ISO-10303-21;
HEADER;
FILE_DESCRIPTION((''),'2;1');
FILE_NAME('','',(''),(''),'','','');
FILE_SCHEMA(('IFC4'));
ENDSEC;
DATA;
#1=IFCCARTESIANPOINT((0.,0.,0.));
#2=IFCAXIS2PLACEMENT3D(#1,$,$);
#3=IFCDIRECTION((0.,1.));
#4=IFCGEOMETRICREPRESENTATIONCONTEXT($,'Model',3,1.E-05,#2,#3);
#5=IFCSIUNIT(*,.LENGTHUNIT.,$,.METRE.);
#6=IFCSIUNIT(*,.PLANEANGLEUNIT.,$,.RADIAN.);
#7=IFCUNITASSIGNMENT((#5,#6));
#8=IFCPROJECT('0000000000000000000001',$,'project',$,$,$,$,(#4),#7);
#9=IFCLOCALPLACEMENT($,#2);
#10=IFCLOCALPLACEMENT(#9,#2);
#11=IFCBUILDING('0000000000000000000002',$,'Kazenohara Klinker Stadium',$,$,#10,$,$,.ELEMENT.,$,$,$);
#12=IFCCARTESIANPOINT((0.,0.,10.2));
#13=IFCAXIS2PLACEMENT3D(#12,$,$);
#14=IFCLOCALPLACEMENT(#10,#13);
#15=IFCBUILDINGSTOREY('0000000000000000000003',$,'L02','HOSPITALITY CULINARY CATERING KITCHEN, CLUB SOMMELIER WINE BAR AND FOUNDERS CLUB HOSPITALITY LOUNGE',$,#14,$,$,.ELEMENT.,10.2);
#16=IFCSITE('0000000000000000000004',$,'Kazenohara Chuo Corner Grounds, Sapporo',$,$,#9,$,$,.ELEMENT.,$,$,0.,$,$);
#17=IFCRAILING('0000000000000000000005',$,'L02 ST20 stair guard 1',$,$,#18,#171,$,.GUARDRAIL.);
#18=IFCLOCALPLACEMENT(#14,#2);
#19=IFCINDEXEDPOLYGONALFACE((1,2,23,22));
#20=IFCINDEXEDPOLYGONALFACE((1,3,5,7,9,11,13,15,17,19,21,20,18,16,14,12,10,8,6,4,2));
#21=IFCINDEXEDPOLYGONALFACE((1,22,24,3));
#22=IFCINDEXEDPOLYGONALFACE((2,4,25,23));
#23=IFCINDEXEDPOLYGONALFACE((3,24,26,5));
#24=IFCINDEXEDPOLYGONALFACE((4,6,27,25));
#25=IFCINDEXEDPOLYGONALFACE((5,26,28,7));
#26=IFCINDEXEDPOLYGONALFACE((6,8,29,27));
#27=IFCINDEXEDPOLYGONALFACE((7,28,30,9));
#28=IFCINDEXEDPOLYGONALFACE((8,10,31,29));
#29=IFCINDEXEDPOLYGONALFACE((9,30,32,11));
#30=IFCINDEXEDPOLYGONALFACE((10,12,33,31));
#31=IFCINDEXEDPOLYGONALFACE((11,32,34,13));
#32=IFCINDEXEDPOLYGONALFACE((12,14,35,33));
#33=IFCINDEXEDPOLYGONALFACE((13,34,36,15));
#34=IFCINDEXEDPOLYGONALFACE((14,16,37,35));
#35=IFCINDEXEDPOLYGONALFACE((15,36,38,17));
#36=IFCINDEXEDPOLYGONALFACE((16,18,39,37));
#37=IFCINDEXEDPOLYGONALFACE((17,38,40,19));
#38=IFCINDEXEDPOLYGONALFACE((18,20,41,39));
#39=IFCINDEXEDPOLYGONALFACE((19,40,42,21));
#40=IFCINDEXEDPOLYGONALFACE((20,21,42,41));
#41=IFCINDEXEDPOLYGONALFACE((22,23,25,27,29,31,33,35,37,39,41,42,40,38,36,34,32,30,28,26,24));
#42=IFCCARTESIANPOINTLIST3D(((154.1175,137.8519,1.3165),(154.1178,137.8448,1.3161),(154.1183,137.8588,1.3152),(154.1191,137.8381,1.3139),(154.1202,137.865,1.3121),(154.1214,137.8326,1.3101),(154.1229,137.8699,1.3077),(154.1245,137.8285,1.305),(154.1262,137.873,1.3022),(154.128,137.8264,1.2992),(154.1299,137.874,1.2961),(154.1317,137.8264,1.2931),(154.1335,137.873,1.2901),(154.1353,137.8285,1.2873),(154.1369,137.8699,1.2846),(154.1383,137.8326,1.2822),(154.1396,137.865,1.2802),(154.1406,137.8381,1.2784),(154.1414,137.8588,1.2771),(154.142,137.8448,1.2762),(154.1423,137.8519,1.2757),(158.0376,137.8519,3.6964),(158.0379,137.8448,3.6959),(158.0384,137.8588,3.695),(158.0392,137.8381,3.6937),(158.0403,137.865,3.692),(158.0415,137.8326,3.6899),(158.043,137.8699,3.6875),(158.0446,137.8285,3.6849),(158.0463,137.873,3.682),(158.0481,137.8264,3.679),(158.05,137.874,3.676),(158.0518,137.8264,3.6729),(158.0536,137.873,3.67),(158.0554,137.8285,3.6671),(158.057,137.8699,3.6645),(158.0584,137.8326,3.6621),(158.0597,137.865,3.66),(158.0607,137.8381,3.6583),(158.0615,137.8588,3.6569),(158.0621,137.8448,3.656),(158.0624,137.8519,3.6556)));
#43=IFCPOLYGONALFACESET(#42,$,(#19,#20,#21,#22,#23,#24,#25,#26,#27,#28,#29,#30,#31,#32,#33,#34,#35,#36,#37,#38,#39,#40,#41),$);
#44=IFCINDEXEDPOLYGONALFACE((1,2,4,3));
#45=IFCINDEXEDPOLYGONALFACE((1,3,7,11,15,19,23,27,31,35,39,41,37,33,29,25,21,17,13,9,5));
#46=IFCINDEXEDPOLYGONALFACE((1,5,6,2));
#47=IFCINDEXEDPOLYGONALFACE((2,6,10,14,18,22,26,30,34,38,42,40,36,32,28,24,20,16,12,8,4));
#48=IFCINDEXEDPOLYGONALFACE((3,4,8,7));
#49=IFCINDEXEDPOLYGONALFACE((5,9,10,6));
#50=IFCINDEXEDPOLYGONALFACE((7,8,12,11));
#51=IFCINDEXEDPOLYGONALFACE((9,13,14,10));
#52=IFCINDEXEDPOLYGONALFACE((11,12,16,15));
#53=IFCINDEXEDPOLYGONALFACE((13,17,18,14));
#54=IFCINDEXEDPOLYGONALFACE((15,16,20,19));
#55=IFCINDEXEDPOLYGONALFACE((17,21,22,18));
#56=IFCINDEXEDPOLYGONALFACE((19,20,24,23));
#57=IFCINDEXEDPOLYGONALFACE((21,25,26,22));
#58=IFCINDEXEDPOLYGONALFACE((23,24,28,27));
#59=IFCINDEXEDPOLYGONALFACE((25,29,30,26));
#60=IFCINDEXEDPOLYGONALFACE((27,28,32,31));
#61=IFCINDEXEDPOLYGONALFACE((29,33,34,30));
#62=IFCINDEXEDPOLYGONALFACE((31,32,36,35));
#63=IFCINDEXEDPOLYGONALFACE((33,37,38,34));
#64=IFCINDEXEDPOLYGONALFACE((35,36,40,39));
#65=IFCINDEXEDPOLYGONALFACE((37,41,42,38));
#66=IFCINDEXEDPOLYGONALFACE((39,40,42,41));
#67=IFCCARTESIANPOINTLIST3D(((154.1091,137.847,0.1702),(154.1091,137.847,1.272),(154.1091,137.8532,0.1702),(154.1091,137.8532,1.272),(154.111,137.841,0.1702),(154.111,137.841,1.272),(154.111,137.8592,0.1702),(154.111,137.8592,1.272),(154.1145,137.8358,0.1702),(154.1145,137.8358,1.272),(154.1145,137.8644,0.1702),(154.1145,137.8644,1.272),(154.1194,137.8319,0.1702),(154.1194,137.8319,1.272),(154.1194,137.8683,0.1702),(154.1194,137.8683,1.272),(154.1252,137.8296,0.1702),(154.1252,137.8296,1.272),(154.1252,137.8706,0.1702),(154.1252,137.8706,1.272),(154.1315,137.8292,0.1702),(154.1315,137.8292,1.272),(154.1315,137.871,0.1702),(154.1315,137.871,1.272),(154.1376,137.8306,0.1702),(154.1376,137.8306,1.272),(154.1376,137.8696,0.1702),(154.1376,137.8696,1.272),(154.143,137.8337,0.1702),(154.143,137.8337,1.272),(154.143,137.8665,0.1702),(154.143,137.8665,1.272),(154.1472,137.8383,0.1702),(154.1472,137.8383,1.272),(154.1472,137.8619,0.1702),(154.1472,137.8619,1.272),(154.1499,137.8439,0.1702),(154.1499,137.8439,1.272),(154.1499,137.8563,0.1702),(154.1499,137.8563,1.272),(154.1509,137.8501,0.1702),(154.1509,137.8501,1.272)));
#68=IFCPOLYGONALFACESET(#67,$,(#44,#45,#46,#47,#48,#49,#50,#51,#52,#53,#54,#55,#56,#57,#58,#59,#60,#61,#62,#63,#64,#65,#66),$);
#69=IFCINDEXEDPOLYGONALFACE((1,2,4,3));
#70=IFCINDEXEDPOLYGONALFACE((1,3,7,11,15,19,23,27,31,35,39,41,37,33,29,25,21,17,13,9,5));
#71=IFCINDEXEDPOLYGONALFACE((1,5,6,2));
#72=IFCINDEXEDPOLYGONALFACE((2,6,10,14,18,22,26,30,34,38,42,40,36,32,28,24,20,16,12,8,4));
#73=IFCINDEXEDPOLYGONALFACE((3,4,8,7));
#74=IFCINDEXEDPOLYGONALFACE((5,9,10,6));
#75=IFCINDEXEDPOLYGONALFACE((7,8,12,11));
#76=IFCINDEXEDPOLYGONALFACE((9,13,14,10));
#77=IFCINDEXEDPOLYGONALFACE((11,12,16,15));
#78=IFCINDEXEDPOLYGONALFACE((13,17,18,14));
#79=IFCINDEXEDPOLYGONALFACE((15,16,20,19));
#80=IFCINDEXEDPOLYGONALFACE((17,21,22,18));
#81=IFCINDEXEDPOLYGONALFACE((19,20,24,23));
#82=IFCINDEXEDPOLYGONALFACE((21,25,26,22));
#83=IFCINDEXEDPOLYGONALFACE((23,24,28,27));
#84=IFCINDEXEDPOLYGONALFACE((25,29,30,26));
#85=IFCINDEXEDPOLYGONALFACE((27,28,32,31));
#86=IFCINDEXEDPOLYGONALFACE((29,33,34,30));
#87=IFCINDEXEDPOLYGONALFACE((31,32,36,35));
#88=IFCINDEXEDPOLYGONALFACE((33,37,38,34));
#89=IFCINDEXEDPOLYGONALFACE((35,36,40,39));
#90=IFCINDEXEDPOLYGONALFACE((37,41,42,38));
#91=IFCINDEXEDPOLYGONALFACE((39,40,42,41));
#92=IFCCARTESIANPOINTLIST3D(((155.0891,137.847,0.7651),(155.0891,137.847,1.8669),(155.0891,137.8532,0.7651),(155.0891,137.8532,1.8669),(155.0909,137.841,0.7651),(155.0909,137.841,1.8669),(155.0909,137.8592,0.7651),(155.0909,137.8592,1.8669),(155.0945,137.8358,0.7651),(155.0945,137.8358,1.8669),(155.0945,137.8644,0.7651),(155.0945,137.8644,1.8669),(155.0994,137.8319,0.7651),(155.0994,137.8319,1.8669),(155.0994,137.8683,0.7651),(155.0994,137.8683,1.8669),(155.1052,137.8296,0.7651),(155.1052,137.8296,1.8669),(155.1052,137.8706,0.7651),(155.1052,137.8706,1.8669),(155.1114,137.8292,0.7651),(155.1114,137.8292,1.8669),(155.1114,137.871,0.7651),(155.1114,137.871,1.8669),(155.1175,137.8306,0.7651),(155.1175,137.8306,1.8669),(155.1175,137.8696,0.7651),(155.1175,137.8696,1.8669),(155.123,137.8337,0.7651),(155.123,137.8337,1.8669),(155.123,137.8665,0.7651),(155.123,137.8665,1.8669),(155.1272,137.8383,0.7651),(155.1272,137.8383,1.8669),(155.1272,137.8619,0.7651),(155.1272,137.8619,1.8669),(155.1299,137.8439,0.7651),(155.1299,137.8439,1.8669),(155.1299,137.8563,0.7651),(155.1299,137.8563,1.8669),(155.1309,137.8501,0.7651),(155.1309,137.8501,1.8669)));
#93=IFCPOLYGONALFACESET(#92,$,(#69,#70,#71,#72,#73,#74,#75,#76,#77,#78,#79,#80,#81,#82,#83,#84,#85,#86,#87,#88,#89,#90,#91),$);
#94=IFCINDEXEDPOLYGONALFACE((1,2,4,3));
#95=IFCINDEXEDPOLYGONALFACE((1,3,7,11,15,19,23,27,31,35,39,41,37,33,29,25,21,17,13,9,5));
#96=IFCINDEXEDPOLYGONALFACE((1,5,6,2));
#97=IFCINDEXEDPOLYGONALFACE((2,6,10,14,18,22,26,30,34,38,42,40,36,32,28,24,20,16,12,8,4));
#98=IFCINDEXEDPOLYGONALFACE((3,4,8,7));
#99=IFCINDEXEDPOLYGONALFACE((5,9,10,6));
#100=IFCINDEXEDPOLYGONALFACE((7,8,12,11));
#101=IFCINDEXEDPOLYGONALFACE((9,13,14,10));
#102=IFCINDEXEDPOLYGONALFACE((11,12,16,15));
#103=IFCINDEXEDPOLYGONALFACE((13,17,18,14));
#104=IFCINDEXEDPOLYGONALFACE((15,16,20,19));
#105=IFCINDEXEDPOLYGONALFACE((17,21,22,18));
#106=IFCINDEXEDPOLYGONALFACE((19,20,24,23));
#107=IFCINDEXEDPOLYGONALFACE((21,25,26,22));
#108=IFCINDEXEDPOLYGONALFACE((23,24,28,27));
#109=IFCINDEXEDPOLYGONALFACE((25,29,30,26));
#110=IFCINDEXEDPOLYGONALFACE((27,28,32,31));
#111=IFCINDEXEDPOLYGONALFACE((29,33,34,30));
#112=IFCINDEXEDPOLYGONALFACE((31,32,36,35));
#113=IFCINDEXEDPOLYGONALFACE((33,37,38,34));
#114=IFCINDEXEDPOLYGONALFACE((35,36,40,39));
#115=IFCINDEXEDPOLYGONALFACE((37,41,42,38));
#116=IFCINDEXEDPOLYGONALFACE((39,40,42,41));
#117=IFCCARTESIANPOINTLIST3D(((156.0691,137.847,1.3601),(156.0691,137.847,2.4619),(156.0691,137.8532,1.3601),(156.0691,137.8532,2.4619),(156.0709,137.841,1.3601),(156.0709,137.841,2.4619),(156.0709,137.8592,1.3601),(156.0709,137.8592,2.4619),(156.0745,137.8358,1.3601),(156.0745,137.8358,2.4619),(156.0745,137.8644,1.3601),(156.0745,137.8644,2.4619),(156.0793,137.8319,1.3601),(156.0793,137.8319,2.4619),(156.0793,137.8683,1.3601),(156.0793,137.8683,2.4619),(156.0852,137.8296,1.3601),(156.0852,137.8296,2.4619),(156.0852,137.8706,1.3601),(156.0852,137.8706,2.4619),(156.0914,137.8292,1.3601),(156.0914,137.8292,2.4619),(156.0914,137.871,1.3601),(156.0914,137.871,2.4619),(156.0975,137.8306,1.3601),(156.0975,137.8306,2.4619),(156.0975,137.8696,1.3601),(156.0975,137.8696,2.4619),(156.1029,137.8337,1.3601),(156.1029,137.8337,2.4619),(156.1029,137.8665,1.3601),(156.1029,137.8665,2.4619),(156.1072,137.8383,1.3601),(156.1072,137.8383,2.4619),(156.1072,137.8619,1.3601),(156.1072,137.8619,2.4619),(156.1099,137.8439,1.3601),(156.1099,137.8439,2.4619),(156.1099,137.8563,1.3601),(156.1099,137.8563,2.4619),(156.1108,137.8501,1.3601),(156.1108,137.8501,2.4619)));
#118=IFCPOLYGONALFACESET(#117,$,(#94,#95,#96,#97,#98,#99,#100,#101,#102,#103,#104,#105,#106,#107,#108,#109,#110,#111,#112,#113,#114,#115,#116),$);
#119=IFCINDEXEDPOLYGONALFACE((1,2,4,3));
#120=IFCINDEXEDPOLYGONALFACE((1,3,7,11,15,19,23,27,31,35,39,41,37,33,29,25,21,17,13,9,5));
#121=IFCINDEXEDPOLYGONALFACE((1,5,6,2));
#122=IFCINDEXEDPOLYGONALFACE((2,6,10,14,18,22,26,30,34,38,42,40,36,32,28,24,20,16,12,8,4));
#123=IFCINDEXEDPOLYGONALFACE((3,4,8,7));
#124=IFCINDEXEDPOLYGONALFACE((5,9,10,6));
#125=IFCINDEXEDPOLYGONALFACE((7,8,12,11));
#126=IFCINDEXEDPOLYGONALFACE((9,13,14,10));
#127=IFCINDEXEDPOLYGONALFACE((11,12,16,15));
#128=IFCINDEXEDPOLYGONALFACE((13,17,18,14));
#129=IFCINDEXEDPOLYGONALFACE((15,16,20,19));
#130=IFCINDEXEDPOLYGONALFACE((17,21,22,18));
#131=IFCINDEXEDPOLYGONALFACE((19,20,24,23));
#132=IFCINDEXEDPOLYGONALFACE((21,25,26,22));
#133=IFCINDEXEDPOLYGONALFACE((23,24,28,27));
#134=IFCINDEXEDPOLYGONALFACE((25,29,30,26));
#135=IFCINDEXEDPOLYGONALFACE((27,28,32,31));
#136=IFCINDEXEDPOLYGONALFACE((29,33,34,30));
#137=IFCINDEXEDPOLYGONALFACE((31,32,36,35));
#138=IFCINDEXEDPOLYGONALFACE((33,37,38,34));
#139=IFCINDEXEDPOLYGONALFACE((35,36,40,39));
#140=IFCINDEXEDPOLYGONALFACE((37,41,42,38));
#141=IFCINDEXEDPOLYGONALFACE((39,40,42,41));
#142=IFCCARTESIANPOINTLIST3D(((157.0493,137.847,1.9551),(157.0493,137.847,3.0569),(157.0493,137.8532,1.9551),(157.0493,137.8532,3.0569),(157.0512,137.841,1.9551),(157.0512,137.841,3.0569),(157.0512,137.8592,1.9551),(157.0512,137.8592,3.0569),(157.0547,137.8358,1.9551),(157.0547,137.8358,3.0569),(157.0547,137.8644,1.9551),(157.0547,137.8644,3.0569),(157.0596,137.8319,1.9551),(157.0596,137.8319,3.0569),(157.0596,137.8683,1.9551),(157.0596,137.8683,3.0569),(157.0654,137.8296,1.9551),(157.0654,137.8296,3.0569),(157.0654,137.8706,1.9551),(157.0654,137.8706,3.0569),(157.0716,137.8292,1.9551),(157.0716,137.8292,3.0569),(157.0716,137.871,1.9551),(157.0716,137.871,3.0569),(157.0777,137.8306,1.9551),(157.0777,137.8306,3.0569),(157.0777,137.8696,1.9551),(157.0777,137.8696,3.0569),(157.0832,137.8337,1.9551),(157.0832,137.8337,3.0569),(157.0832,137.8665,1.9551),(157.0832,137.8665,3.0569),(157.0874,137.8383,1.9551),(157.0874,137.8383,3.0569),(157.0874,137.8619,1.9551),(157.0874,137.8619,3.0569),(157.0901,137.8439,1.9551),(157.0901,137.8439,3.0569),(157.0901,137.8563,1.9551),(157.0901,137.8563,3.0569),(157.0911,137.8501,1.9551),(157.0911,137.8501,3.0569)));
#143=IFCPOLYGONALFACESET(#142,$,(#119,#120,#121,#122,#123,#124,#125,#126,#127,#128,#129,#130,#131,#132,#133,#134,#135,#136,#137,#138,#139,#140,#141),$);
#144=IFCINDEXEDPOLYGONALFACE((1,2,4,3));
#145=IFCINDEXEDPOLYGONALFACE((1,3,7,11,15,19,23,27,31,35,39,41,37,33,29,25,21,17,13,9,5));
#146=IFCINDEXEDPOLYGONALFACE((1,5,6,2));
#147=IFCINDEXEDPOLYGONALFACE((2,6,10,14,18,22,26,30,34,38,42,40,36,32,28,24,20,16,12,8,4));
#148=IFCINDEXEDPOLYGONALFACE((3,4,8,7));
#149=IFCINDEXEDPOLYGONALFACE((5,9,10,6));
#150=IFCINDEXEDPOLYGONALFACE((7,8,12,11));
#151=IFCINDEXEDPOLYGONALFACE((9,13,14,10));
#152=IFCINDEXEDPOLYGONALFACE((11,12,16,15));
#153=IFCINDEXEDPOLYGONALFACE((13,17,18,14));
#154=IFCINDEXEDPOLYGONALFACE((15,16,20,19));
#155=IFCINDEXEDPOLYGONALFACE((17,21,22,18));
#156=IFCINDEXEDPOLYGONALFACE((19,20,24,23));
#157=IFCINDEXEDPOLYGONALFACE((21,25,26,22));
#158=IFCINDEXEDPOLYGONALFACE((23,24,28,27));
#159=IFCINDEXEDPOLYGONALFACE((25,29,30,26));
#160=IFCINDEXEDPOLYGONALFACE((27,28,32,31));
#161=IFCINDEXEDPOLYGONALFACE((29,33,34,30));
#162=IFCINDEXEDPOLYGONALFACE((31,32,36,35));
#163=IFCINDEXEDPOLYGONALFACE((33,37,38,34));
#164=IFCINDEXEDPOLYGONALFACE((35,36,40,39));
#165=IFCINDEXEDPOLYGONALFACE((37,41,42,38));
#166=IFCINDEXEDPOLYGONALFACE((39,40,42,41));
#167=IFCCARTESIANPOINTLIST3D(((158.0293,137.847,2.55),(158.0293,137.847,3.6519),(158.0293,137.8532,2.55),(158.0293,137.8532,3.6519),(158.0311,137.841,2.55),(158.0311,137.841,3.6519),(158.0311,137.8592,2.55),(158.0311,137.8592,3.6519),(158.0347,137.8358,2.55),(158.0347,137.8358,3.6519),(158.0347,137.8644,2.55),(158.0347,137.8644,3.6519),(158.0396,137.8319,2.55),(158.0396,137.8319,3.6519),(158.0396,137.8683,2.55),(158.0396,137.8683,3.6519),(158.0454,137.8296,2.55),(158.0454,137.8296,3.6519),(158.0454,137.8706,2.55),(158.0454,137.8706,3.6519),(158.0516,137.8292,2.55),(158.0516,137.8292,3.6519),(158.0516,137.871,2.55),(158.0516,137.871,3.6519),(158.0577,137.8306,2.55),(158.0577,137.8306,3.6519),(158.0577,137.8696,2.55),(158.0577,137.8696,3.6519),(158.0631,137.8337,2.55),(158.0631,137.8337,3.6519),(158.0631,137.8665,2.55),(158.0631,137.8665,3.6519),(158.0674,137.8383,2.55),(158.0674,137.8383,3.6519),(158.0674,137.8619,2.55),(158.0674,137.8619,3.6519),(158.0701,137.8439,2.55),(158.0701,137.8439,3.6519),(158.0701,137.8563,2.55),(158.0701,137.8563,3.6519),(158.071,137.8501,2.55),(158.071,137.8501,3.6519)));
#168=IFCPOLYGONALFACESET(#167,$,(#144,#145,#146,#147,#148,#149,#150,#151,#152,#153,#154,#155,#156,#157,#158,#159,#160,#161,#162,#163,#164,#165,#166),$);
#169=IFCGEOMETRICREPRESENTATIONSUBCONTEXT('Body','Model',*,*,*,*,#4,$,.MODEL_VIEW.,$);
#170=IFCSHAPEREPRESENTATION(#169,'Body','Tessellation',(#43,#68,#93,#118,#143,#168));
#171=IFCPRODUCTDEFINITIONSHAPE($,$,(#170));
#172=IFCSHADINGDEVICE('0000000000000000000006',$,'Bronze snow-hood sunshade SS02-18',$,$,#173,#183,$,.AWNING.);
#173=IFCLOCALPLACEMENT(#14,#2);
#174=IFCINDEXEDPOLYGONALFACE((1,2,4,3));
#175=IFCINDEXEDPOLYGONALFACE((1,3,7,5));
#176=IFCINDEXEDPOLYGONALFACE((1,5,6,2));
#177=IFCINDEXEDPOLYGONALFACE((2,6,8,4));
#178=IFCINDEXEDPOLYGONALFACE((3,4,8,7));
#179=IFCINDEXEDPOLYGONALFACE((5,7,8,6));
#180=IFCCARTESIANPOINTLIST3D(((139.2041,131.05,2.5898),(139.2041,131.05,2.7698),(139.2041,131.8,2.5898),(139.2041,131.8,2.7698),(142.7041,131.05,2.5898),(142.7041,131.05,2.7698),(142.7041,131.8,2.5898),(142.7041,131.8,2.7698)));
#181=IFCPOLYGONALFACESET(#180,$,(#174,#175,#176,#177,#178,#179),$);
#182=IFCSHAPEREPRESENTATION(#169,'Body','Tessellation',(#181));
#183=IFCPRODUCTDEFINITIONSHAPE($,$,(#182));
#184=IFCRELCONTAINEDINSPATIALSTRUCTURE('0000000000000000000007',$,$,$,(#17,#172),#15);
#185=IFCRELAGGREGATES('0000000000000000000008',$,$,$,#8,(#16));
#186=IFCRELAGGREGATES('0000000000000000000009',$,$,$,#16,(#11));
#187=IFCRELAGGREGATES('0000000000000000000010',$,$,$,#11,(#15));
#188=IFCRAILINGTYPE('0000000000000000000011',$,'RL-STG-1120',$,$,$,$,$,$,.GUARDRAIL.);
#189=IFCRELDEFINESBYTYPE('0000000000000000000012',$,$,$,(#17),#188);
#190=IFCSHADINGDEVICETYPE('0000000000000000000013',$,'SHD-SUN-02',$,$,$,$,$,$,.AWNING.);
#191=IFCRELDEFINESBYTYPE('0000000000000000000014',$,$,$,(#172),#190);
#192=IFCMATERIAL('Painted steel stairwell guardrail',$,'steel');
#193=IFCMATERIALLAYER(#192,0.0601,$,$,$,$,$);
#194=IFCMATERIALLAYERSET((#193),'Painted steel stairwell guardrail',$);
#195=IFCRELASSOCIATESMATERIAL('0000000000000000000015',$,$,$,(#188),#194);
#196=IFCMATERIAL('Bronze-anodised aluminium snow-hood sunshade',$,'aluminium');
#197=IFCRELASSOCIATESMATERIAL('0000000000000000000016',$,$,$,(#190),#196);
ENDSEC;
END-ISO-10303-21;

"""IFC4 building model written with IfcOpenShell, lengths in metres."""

from ifc_helpers import new_model, si_unit, direction, frame, origin, origin_2d, place, context, subcontext, project, spatial, rectangle, circle, extrude, material, layer, layer_set, type_object, element, save


model = new_model("IFC4")

# Units and contexts
model_context = context("Model", 3, precision=1e-05, world=origin(), true_north=direction((0.0, 1.0)))
body_context = subcontext(model_context, "Body", "Model", "MODEL_VIEW")
ifc_project = project(units=[si_unit("LENGTHUNIT", "METRE"), si_unit("PLANEANGLEUNIT", "RADIAN")], contexts=[model_context])

# Site, building, storey
site_placement = place(None, origin())
site = spatial("IfcSite", under=ifc_project, at=site_placement, Name="Kazenohara Chuo Corner Grounds, Sapporo", CompositionType="ELEMENT", RefElevation=0.0)
building_placement = place(site_placement, origin())
building = spatial("IfcBuilding", under=site, at=building_placement, Name="Kazenohara Klinker Stadium", CompositionType="ELEMENT")
storey_placement = place(building_placement, frame((0.0, 0.0, 10.2)))
storey = spatial("IfcBuildingStorey", under=building, at=storey_placement, Name="L02", Description="HOSPITALITY CULINARY CATERING KITCHEN, CLUB SOMMELIER WINE BAR AND FOUNDERS CLUB HOSPITALITY LOUNGE", CompositionType="ELEMENT", Elevation=10.2)

# Railing
ifc_material_1 = material(Name="Painted steel stairwell guardrail", Category="steel")
ifc_layer_1 = layer(ifc_material_1, 0.0601)
ifc_layer_set_1 = layer_set([ifc_layer_1], Name="Painted steel stairwell guardrail")
railing_type_1 = type_object("IfcRailingType", Name="RL-STG-1120", PredefinedType="GUARDRAIL", material=ifc_layer_set_1)
railing_1_placement = place(storey_placement, frame((154.1299, 137.8501, 0.1702)))
element("IfcRailing", 1, at=railing_1_placement, inside=storey, type_object=railing_type_1, Name="L02 ST20 stair guard 1", PredefinedType="GUARDRAIL", context=body_context, shape_type="SweptSolid", body=[
    extrude(circle(Radius=0.0239, at=origin_2d()), frame((0.0, 0.0, 1.126), z_axis=(0.854809, 0.0, 0.518943), x_axis=(0.0, 1.0, 0.0)), (0.0, 0.0, 1.0), 4.5859),
    extrude(circle(Radius=0.021, at=origin_2d()), origin(), (0.0, 0.0, 1.0), 1.1018),
    extrude(circle(Radius=0.021, at=origin_2d()), frame((0.98, 0.0, 0.595)), (0.0, 0.0, 1.0), 1.1018),
    extrude(circle(Radius=0.021, at=origin_2d()), frame((1.96, 0.0, 1.1899)), (0.0, 0.0, 1.0), 1.1018),
    extrude(circle(Radius=0.021, at=origin_2d()), frame((2.9402, 0.0, 1.7849)), (0.0, 0.0, 1.0), 1.1018),
    extrude(circle(Radius=0.021, at=origin_2d()), frame((3.9202, 0.0, 2.3799)), (0.0, 0.0, 1.0), 1.1018),
])

# Shading device
ifc_material_2 = material(Name="Bronze-anodised aluminium snow-hood sunshade", Category="aluminium")
shading_device_type = type_object("IfcShadingDeviceType", Name="SHD-SUN-02", PredefinedType="AWNING", material=ifc_material_2)
shading_device_placement = place(storey_placement, frame((140.9541, 131.425, 2.5898), z_axis=(0.0, 0.0, 1.0), x_axis=(1.0, 0.0, 0.0)))
element("IfcShadingDevice", 2, at=shading_device_placement, inside=storey, type_object=shading_device_type, Name="Bronze snow-hood sunshade SS02-18", PredefinedType="AWNING", context=body_context, shape_type="SweptSolid", body=[
    extrude(rectangle(XDim=3.5, YDim=0.75, at=origin_2d()), origin(), (0.0, 0.0, 1.0), 0.1799),
])

save(model, "model.ifc")
